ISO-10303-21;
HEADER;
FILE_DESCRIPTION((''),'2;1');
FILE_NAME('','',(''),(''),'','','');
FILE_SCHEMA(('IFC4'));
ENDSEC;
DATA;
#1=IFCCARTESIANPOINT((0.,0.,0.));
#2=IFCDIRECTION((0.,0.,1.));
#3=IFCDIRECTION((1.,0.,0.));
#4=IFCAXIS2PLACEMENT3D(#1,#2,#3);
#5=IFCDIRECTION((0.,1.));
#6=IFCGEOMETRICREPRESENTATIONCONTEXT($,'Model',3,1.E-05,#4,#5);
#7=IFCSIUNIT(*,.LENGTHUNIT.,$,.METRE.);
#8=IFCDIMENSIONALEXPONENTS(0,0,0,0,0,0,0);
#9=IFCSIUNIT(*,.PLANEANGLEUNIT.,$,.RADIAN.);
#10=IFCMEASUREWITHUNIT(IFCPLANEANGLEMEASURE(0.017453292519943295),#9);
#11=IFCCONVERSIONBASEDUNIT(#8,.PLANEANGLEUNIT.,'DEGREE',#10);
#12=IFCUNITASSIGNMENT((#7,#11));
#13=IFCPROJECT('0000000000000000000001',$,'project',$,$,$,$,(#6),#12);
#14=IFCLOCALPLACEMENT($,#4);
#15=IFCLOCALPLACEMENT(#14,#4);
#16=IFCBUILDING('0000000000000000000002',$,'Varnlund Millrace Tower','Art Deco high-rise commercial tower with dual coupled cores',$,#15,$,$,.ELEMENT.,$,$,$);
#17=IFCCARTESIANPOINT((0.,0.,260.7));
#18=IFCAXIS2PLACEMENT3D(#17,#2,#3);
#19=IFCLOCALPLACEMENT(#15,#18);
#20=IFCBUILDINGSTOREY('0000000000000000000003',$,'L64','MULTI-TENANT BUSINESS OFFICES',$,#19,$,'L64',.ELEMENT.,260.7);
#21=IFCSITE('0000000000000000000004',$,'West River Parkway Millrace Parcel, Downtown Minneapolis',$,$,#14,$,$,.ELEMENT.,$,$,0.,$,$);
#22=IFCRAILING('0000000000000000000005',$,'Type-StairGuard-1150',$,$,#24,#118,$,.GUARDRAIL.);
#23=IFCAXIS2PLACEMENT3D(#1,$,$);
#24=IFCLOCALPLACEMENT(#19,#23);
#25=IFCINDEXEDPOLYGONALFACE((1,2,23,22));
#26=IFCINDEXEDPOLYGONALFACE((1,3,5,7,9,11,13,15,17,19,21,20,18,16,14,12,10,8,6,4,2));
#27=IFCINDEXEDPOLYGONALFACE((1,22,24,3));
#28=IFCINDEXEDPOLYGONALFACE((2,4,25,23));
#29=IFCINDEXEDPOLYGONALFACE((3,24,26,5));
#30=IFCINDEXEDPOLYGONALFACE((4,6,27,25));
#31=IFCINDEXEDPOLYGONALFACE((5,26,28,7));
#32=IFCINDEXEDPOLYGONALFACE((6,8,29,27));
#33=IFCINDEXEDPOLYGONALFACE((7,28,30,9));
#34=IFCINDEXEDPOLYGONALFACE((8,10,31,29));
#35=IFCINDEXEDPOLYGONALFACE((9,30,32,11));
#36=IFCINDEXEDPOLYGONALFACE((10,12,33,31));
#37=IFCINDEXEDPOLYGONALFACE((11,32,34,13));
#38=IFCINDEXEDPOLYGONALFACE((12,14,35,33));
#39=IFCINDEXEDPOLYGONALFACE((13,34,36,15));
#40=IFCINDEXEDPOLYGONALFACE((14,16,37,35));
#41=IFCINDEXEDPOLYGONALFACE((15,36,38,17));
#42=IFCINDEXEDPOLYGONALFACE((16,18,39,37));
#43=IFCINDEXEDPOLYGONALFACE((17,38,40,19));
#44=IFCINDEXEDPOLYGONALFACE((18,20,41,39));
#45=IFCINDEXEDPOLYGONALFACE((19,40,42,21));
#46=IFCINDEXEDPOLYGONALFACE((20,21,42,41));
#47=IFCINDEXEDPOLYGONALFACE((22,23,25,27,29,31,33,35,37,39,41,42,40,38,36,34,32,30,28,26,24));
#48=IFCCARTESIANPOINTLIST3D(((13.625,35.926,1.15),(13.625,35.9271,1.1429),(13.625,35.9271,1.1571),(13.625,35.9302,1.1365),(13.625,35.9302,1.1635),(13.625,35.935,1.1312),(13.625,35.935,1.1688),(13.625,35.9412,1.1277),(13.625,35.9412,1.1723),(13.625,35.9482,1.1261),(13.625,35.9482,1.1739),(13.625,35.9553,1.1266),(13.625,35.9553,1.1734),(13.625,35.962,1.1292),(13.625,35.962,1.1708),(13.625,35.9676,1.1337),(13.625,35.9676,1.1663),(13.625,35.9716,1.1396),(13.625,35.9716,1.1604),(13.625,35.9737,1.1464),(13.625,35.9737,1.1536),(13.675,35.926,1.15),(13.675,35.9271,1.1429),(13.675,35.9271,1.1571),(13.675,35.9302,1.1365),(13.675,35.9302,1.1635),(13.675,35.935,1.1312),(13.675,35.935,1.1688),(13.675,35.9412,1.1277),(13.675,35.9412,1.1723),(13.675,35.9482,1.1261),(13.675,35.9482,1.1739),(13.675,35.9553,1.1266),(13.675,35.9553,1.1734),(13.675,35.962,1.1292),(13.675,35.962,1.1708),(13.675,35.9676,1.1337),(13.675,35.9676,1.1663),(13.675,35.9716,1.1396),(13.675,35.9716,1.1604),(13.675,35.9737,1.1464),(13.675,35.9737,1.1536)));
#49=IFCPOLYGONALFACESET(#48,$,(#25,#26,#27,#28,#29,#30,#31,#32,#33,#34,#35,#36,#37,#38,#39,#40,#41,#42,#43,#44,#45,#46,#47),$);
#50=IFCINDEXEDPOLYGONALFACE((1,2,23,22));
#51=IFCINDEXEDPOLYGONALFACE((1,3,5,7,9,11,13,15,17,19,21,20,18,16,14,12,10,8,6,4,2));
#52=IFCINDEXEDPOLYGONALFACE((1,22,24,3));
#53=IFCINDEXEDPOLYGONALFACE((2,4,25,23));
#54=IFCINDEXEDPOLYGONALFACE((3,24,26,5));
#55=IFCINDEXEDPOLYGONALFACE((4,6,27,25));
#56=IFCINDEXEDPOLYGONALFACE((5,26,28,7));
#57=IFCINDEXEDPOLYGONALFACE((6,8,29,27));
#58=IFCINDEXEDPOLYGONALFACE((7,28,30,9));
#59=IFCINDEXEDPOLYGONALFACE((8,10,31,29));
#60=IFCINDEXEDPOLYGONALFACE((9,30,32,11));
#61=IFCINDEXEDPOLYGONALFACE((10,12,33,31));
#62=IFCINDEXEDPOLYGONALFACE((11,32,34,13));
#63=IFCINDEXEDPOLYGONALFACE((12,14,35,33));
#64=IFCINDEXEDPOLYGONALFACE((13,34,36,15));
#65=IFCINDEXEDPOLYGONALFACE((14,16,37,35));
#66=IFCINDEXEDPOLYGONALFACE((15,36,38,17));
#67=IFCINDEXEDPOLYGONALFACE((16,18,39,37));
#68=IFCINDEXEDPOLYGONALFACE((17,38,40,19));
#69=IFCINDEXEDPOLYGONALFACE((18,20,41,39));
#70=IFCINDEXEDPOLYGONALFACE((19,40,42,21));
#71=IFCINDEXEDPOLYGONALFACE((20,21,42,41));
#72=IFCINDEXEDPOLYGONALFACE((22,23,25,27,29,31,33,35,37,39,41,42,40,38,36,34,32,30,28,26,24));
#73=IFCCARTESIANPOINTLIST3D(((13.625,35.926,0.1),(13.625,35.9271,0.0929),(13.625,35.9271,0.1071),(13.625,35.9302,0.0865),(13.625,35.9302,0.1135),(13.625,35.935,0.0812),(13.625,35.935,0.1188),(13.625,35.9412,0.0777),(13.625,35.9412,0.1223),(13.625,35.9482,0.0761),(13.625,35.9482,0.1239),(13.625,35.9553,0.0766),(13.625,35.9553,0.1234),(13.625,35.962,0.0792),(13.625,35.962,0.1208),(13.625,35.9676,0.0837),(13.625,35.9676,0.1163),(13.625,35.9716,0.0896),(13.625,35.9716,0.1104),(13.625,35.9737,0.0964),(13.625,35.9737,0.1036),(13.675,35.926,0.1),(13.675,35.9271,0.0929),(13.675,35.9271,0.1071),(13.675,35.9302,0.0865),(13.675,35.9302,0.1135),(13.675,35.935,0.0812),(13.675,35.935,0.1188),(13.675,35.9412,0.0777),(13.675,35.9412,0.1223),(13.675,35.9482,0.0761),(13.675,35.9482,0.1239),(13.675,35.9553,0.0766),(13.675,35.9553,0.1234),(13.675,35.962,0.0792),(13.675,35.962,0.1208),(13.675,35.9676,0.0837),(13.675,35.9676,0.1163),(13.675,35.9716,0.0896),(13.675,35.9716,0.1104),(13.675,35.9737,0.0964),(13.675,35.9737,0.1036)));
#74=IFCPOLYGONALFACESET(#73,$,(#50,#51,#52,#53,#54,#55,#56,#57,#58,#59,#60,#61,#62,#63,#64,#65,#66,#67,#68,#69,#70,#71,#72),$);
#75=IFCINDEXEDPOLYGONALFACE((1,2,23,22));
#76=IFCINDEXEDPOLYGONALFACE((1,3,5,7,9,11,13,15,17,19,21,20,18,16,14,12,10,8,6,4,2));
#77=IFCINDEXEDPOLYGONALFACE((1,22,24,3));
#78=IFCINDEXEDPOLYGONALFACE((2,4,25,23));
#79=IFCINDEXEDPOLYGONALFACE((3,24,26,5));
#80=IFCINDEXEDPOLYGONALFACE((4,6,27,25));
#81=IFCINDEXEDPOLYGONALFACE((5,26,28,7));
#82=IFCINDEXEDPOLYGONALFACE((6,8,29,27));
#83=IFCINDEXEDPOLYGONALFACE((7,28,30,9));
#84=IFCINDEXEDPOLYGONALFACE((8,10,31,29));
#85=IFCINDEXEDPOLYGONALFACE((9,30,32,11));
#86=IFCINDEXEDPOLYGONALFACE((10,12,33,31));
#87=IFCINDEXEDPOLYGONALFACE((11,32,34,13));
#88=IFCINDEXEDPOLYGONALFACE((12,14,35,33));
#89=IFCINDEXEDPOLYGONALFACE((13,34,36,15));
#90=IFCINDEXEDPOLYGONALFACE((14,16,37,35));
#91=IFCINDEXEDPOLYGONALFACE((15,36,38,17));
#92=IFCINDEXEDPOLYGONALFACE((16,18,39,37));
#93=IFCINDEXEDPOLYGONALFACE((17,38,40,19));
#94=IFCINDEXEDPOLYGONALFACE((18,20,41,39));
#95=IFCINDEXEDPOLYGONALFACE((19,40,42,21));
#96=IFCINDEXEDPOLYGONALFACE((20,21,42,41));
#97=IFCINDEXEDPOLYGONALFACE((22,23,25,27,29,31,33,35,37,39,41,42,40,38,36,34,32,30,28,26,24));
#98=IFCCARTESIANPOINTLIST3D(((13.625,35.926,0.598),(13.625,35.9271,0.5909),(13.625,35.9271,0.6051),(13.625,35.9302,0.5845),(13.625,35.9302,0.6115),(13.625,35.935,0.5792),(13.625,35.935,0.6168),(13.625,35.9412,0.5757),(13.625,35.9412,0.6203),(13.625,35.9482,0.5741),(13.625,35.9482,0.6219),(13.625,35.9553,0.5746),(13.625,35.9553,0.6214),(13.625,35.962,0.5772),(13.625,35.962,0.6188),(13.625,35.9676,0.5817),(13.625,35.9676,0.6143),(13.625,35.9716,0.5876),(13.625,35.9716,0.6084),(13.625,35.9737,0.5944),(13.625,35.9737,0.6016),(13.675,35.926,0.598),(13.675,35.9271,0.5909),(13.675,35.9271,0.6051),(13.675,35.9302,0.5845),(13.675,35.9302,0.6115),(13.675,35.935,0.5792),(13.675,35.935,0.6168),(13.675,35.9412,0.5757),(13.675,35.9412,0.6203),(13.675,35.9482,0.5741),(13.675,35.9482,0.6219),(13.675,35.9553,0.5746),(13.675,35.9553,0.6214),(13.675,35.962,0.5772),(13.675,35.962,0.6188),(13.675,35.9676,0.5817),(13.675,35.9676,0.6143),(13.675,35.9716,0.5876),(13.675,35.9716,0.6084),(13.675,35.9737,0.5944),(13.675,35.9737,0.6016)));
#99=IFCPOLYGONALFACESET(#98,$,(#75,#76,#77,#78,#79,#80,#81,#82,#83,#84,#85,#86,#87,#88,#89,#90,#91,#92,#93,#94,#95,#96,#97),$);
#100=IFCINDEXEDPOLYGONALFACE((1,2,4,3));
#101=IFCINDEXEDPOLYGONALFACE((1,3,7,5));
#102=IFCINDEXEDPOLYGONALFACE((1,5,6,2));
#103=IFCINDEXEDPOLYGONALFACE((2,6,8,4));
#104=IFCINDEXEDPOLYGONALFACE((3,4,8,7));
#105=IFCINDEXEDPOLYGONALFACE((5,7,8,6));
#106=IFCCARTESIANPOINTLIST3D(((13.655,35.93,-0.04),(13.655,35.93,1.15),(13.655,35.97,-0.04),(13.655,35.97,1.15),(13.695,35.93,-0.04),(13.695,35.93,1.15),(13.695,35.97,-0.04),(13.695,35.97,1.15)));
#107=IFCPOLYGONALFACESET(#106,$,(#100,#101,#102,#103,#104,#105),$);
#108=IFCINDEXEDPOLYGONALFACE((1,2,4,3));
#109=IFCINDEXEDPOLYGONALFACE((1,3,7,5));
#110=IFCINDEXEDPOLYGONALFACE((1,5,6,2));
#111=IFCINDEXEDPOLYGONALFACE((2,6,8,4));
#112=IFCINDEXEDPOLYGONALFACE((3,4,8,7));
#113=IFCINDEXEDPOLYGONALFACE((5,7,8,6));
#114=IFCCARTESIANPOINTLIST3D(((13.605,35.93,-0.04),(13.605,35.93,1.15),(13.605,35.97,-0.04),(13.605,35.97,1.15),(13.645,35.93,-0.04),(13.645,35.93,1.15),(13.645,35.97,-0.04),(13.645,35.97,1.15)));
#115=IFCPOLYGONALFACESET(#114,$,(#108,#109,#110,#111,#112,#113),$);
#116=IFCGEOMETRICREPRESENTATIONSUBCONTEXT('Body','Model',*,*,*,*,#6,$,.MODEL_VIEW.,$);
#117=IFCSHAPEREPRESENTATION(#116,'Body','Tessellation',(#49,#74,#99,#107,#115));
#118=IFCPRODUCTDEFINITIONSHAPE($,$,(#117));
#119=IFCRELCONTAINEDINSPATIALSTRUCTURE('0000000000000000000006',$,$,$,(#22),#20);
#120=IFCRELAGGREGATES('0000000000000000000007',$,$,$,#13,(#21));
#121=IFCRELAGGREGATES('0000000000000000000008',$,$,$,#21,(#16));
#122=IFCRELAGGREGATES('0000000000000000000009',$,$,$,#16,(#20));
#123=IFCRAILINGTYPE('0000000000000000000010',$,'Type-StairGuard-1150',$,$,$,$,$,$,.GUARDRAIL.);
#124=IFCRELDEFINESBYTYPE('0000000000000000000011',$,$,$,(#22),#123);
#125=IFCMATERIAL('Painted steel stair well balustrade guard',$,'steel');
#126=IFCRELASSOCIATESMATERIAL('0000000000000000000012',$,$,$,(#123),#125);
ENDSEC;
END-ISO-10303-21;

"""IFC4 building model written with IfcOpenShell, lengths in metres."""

from ifc_helpers import new_model, entity, si_unit, converted_unit, direction, frame, origin_with_axes, origin_2d_with_axis, place, context, subcontext, project, spatial, rectangle, circle, extrude, material, type_object, element, save


model = new_model("IFC4")

# Units and contexts
model_context = context("Model", 3, precision=1e-05, world=origin_with_axes(), true_north=direction((0.0, 1.0)))
body_context = subcontext(model_context, "Body", "Model", "MODEL_VIEW")
ifc_project = project(units=[si_unit("LENGTHUNIT", "METRE"), converted_unit("PLANEANGLEUNIT", "DEGREE", entity("IfcPlaneAngleMeasure", 0.017453292519943295), si_unit("PLANEANGLEUNIT", "RADIAN"), dimensions=[0, 0, 0, 0, 0, 0, 0])], contexts=[model_context])

# Site, building, storey
site_placement = place(None, origin_with_axes())
site = spatial("IfcSite", under=ifc_project, at=site_placement, Name="West River Parkway Millrace Parcel, Downtown Minneapolis", CompositionType="ELEMENT", RefElevation=0.0)
building_placement = place(site_placement, origin_with_axes())
building = spatial("IfcBuilding", under=site, at=building_placement, Name="Varnlund Millrace Tower", Description="Art Deco high-rise commercial tower with dual coupled cores", CompositionType="ELEMENT")
storey_placement = place(building_placement, frame((0.0, 0.0, 260.7), z_axis=(0.0, 0.0, 1.0), x_axis=(1.0, 0.0, 0.0)))
storey = spatial("IfcBuildingStorey", under=building, at=storey_placement, Name="L64", Description="MULTI-TENANT BUSINESS OFFICES", LongName="L64", CompositionType="ELEMENT", Elevation=260.7)

# Railing
ifc_material_1 = material(Name="Painted steel stair well balustrade guard", Category="steel")
railing_type_1 = type_object("IfcRailingType", Name="Type-StairGuard-1150", PredefinedType="GUARDRAIL", material=ifc_material_1)
railing_1_placement = place(storey_placement, frame((0.0, 0.0, -260.7), z_axis=(0.0, 0.0, 1.0), x_axis=(1.0, 0.0, 0.0)))
element("IfcRailing", 1, at=railing_1_placement, inside=storey, type_object=railing_type_1, Name="Type-StairGuard-1150", PredefinedType="GUARDRAIL", context=body_context, shape_type="SweptSolid", body=[
    extrude(circle(Radius=0.024, at=origin_2d_with_axis()), frame((13.675, 35.95, 261.85), z_axis=(-1.0, 0.0, 0.0), x_axis=(0.0, -1.0, 0.0)), (0.0, 0.0, 1.0), 0.05),
    extrude(circle(Radius=0.024, at=origin_2d_with_axis()), frame((13.675, 35.95, 260.8), z_axis=(-1.0, 0.0, 0.0), x_axis=(0.0, -1.0, 0.0)), (0.0, 0.0, 1.0), 0.05),
    extrude(circle(Radius=0.024, at=origin_2d_with_axis()), frame((13.675, 35.95, 261.298), z_axis=(-1.0, 0.0, 0.0), x_axis=(0.0, -1.0, 0.0)), (0.0, 0.0, 1.0), 0.05),
    extrude(rectangle(XDim=0.04, YDim=0.04, at=origin_2d_with_axis()), frame((13.675, 35.95, 260.66), z_axis=(0.0, 0.0, 1.0), x_axis=(1.0, 0.0, 0.0)), (0.0, 0.0, 1.0), 1.19),
    extrude(rectangle(XDim=0.04, YDim=0.04, at=origin_2d_with_axis()), frame((13.625, 35.95, 260.66), z_axis=(0.0, 0.0, 1.0), x_axis=(1.0, 0.0, 0.0)), (0.0, 0.0, 1.0), 1.19),
])

save(model, "model.ifc")
